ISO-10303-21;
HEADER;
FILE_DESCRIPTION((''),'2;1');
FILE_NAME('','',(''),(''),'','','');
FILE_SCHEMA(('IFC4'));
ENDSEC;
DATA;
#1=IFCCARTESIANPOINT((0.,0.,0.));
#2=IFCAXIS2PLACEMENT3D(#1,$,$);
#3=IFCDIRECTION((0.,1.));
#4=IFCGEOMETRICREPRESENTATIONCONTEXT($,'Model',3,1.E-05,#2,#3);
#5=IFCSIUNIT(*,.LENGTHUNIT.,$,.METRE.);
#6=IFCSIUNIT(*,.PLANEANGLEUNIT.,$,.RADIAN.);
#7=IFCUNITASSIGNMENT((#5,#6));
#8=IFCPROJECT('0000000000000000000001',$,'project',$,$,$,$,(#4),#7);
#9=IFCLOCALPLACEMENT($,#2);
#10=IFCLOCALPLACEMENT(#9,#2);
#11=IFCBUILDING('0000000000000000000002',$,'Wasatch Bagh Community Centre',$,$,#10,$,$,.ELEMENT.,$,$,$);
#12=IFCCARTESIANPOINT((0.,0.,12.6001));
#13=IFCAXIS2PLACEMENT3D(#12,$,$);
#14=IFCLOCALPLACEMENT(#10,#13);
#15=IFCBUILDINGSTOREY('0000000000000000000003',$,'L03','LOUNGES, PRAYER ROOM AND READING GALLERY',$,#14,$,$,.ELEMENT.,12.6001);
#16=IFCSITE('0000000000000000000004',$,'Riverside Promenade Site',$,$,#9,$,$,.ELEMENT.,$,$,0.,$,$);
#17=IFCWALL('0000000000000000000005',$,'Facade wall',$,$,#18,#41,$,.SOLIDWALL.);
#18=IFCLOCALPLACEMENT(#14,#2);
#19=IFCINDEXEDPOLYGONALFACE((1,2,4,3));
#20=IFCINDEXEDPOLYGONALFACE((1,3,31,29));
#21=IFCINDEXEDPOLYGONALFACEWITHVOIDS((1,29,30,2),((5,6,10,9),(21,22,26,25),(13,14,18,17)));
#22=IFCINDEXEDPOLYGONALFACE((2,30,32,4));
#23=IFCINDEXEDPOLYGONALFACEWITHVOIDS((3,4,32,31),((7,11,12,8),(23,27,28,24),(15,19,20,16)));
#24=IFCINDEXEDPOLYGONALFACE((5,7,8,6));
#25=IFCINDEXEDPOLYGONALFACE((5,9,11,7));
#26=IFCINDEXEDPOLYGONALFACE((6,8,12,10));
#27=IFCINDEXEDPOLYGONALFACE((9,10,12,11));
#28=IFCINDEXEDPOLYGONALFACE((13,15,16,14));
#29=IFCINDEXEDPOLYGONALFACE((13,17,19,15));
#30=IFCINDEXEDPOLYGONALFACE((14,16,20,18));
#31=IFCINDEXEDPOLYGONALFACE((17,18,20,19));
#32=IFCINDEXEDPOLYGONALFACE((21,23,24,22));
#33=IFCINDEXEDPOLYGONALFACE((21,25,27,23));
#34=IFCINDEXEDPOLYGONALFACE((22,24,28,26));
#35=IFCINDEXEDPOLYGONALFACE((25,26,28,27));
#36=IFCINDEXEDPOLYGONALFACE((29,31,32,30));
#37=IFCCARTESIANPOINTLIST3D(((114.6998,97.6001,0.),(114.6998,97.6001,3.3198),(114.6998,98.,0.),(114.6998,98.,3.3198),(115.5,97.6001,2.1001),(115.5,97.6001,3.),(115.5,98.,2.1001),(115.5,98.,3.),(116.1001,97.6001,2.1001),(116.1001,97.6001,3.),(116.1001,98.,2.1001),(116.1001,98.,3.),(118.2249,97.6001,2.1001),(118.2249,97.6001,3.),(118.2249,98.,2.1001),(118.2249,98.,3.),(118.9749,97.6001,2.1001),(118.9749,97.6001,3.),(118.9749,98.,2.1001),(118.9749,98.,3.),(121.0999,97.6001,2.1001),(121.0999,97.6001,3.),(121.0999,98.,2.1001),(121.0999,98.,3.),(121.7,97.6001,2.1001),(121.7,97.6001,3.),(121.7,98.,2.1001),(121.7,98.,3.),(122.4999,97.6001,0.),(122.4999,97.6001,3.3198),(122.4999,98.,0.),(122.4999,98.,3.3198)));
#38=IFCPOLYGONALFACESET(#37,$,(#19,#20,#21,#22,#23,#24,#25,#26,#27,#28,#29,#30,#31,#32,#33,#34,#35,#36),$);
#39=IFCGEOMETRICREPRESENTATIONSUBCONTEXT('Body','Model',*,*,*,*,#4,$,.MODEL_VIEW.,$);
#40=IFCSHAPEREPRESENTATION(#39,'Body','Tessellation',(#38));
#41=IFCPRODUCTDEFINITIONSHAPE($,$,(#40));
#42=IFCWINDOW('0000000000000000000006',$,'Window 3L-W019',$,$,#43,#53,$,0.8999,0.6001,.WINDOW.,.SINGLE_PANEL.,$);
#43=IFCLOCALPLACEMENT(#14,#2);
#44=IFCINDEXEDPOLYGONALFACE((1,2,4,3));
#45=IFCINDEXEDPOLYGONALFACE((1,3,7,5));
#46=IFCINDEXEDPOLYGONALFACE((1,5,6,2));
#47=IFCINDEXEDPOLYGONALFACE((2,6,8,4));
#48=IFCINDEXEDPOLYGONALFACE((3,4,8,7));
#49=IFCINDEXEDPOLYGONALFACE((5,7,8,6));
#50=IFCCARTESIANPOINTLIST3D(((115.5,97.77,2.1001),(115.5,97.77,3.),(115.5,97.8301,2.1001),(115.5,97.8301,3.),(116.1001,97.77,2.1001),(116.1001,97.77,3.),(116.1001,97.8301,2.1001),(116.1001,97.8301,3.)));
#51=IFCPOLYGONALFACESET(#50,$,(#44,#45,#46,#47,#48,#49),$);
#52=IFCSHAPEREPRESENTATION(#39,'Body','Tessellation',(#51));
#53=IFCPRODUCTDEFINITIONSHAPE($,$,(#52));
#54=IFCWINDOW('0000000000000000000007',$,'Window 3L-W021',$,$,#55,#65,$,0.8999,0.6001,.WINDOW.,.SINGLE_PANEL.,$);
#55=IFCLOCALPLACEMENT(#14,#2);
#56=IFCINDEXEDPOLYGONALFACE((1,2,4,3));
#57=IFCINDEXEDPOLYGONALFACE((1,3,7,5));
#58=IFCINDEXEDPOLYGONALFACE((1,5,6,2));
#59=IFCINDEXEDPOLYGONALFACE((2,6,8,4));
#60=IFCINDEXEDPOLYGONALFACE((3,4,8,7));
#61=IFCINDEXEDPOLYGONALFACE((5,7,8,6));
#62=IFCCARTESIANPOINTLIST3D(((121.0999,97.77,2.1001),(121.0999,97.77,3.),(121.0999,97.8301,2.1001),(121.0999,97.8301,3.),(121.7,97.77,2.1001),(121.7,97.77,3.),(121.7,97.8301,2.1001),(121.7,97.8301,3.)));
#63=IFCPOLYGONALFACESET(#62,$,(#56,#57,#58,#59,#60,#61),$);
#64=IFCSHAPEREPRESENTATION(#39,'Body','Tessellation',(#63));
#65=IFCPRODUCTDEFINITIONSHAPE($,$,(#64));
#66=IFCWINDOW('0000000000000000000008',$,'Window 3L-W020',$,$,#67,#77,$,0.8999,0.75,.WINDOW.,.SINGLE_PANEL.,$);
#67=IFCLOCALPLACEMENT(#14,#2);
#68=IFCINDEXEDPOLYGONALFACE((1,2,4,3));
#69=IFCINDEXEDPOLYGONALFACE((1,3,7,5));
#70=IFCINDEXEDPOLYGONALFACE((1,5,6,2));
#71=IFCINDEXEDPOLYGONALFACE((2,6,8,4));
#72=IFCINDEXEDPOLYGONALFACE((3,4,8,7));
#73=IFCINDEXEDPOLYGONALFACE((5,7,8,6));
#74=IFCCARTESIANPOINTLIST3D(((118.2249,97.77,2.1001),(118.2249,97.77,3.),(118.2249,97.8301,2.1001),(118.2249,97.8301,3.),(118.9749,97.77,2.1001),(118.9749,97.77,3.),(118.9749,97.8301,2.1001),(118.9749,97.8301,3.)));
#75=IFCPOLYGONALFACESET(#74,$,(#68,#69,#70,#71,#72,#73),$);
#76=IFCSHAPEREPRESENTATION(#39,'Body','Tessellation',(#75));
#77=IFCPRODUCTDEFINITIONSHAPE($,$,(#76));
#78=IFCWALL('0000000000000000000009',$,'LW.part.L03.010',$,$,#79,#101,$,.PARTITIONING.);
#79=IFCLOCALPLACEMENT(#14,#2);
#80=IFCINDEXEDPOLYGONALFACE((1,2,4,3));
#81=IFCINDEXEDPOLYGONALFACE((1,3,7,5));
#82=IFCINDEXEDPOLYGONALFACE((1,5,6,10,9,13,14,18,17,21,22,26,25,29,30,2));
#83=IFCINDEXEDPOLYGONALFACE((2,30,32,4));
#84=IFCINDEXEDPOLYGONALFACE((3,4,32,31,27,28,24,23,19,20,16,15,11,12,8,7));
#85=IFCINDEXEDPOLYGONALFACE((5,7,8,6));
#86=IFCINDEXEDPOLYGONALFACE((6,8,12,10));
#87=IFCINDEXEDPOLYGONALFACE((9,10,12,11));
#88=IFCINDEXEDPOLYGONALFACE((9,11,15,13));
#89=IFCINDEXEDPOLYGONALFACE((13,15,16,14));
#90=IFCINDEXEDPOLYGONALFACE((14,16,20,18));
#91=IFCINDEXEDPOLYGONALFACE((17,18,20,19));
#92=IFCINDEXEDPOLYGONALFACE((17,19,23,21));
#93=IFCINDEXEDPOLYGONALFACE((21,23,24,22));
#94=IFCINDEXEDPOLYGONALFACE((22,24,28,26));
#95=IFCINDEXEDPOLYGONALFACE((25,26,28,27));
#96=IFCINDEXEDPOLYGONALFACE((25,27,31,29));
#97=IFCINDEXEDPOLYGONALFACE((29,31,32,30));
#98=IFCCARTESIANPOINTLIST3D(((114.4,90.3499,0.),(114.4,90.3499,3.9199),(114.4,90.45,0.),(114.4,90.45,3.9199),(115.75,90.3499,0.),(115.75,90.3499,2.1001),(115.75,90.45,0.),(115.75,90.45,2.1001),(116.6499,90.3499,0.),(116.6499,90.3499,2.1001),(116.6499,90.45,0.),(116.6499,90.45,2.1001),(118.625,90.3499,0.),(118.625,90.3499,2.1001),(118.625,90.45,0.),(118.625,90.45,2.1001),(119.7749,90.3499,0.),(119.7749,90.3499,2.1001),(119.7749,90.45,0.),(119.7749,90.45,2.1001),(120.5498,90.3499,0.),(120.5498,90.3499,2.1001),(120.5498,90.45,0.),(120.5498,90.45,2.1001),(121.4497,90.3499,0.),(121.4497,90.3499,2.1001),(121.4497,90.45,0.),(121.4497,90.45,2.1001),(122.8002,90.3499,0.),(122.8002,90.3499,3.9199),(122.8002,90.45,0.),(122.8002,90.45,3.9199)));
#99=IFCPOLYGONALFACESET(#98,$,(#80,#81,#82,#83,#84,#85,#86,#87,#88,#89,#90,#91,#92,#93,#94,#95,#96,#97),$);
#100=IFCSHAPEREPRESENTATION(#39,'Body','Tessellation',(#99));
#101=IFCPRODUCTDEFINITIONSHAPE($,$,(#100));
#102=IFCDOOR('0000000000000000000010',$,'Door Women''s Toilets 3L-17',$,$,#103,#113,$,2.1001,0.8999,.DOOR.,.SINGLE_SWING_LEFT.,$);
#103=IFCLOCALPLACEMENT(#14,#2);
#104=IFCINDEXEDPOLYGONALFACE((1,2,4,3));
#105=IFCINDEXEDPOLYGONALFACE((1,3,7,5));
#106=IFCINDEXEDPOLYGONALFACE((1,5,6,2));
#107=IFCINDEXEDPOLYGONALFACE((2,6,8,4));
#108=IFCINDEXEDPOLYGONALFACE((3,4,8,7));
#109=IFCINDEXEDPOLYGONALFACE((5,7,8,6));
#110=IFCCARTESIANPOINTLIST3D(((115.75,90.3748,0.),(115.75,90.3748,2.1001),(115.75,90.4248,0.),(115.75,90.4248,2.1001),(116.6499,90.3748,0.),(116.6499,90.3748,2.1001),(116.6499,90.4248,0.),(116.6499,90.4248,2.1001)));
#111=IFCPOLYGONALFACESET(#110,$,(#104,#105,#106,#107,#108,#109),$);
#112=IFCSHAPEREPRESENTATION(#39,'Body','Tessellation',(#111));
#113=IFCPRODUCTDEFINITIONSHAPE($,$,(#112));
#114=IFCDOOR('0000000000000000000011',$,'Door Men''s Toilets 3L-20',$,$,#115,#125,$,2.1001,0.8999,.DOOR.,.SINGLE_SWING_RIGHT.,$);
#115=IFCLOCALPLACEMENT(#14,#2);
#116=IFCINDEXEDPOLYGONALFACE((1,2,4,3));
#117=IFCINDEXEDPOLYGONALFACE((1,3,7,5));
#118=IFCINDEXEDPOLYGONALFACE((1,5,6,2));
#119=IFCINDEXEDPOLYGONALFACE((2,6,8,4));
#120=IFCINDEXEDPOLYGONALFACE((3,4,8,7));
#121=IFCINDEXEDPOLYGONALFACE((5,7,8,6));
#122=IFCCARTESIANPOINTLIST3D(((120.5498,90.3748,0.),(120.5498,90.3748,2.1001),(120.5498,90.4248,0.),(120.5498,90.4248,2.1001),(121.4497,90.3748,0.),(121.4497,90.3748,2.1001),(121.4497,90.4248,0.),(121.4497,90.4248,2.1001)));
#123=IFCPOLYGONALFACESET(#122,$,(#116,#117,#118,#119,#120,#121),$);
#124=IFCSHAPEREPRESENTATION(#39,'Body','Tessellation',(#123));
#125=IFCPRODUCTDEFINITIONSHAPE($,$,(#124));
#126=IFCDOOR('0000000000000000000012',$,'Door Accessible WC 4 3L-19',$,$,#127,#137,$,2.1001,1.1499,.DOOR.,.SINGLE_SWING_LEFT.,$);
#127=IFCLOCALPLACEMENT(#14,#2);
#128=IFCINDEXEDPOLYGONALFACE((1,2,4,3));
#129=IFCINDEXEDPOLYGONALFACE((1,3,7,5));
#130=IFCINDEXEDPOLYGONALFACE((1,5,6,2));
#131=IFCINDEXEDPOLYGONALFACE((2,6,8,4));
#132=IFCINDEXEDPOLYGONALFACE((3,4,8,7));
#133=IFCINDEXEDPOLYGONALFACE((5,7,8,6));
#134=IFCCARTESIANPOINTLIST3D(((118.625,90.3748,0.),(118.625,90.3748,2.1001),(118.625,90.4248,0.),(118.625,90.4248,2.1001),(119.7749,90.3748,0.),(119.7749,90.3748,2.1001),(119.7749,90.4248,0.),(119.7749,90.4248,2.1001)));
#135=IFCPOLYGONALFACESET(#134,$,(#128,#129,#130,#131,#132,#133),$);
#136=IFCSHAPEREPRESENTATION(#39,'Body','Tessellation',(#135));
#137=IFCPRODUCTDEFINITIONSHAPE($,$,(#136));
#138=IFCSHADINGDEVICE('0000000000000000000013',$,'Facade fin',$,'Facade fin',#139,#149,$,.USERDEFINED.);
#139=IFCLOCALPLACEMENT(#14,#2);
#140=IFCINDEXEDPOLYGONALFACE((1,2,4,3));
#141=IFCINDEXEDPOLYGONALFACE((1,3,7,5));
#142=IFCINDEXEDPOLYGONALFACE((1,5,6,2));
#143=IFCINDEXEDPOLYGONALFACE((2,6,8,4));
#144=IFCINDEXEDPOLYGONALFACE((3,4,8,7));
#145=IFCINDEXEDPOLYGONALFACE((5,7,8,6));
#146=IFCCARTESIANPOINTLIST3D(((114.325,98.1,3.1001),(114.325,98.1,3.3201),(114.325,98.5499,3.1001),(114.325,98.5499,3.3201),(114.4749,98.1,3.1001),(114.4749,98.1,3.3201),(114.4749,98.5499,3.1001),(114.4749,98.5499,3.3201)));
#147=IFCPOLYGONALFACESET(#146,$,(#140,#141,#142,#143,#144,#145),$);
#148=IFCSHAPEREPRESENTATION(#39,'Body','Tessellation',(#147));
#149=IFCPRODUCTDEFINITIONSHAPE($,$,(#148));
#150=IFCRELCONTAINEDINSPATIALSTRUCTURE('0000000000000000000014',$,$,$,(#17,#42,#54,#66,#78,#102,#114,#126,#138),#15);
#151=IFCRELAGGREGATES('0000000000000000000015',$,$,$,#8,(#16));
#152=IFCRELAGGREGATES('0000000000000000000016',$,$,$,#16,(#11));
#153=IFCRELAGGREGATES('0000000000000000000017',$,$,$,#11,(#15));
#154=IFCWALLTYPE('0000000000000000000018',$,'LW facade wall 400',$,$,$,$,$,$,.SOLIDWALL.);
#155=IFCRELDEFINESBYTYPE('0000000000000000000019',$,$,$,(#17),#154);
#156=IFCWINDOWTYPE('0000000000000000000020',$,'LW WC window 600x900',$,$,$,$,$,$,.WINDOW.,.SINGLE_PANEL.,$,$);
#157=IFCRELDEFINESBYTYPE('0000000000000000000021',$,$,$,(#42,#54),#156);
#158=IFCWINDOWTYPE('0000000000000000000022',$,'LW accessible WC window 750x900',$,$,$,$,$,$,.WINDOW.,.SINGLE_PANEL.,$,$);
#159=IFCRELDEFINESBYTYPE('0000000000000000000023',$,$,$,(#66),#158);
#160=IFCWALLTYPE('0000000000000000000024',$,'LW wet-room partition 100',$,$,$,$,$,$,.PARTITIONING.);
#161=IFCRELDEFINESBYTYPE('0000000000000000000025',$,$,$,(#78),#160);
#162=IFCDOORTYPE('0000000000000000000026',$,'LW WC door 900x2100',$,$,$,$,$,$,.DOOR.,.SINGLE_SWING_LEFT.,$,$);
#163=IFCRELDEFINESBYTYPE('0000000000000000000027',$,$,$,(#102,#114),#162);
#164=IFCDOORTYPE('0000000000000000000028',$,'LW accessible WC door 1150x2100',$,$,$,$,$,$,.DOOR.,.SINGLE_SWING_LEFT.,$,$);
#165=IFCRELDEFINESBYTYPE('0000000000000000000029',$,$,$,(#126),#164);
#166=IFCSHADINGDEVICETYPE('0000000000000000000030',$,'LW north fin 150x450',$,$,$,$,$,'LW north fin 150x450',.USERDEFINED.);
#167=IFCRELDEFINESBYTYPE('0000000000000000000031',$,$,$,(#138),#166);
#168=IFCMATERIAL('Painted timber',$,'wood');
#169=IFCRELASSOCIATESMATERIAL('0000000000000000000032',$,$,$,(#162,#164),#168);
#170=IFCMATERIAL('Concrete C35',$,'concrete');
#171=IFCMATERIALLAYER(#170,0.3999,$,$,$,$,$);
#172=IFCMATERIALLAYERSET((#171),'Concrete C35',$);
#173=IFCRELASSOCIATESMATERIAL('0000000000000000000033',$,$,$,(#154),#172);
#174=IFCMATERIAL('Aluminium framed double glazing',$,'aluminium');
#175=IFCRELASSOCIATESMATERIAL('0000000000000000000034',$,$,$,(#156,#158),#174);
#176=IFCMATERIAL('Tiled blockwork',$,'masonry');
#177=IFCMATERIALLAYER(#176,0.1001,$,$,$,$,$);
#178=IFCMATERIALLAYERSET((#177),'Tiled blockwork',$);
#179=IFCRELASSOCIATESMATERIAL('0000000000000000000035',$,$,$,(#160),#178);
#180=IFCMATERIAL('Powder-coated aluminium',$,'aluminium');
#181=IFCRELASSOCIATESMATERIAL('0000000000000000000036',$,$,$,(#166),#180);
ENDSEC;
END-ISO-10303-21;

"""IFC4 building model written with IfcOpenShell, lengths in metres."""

from ifc_helpers import new_model, si_unit, direction, frame, frame_2d, origin, origin_2d, place, context, subcontext, project, spatial, rectangle, extrude, material, layer, layer_set, type_object, element, fill, save


model = new_model("IFC4")

# Units and contexts
model_context = context("Model", 3, precision=1e-05, world=origin(), true_north=direction((0.0, 1.0)))
body_context = subcontext(model_context, "Body", "Model", "MODEL_VIEW")
ifc_project = project(units=[si_unit("LENGTHUNIT", "METRE"), si_unit("PLANEANGLEUNIT", "RADIAN")], contexts=[model_context])

# Site, building, storey
site_placement = place(None, origin())
site = spatial("IfcSite", under=ifc_project, at=site_placement, Name="Riverside Promenade Site", CompositionType="ELEMENT", RefElevation=0.0)
building_placement = place(site_placement, origin())
building = spatial("IfcBuilding", under=site, at=building_placement, Name="Wasatch Bagh Community Centre", CompositionType="ELEMENT")
storey_placement = place(building_placement, frame((0.0, 0.0, 12.6001)))
storey = spatial("IfcBuildingStorey", under=building, at=storey_placement, Name="L03", Description="LOUNGES, PRAYER ROOM AND READING GALLERY", CompositionType="ELEMENT", Elevation=12.6001)

# Shared definitions
ifc_material_1 = material(Name="Concrete C35", Category="concrete")

# Shared definitions
ifc_material_2 = material(Name="Painted timber", Category="wood")
door_type_1 = type_object("IfcDoorType", Name="LW WC door 900x2100", OperationType="SINGLE_SWING_LEFT", PredefinedType="DOOR", material=ifc_material_2)

# Wall, openings, windows
ifc_layer_1 = layer(ifc_material_1, 0.3999)
ifc_layer_set_1 = layer_set([ifc_layer_1], Name="Concrete C35")
wall_type_1 = type_object("IfcWallType", Name="LW facade wall 400", PredefinedType="SOLIDWALL", material=ifc_layer_set_1)
wall_1_placement = place(storey_placement, frame((114.7, 97.8, 0.0), z_axis=(0.0, 0.0, 1.0), x_axis=(1.0, 0.0, 0.0)))
wall_1 = element("IfcWall", 1, at=wall_1_placement, inside=storey, type_object=wall_type_1, Name="Facade wall", PredefinedType="SOLIDWALL", context=body_context, shape_type="SweptSolid", body=[
    extrude(rectangle(XDim=7.8, YDim=0.3999, at=frame_2d((3.8999, 0.0))), origin(), (0.0, 0.0, 1.0), 3.3198),
])
opening_1_placement = place(wall_1_placement, frame((0.8, 0.0, 2.1001)))
opening_1 = element("IfcOpeningElement", 2, at=opening_1_placement, cuts=wall_1, PredefinedType="OPENING", context=body_context, shape_type="SweptSolid", body=[
    extrude(rectangle(XDim=0.6001, YDim=0.8999, at=frame_2d((0.3, 0.45))), frame((0.0, 0.21, 0.0), z_axis=(0.0, -1.0, 0.0), x_axis=(1.0, 0.0, 0.0)), (0.0, 0.0, 1.0), 0.4199),
])
opening_2_placement = place(wall_1_placement, frame((3.5249, 0.0, 2.1001)))
opening_2 = element("IfcOpeningElement", 3, at=opening_2_placement, cuts=wall_1, PredefinedType="OPENING", context=body_context, shape_type="SweptSolid", body=[
    extrude(rectangle(XDim=0.75, YDim=0.8999, at=frame_2d((0.375, 0.45))), frame((0.0, 0.21, 0.0), z_axis=(0.0, -1.0, 0.0), x_axis=(1.0, 0.0, 0.0)), (0.0, 0.0, 1.0), 0.4199),
])
opening_3_placement = place(wall_1_placement, frame((6.3999, 0.0, 2.1001)))
opening_3 = element("IfcOpeningElement", 4, at=opening_3_placement, cuts=wall_1, PredefinedType="OPENING", context=body_context, shape_type="SweptSolid", body=[
    extrude(rectangle(XDim=0.6001, YDim=0.8999, at=frame_2d((0.3, 0.45))), frame((0.0, 0.21, 0.0), z_axis=(0.0, -1.0, 0.0), x_axis=(1.0, 0.0, 0.0)), (0.0, 0.0, 1.0), 0.4199),
])
ifc_material_3 = material(Name="Aluminium framed double glazing", Category="aluminium")
window_type_1 = type_object("IfcWindowType", Name="LW WC window 600x900", PartitioningType="SINGLE_PANEL", PredefinedType="WINDOW", material=ifc_material_3)
window_1_placement = place(opening_1_placement, origin())
window_1 = element("IfcWindow", 5, at=window_1_placement, inside=storey, type_object=window_type_1, Name="Window 3L-W019", OverallHeight=0.8999, OverallWidth=0.6001, PartitioningType="SINGLE_PANEL", PredefinedType="WINDOW", context=body_context, shape_type="SweptSolid", body=[
    extrude(rectangle(XDim=0.6001, YDim=0.8999, at=frame_2d((0.3, 0.45))), frame((0.0, 0.03, 0.0), z_axis=(0.0, -1.0, 0.0), x_axis=(1.0, 0.0, 0.0)), (0.0, 0.0, 1.0), 0.0601),
])
fill(opening_1, window_1)
window_2_placement = place(opening_3_placement, origin())
window_2 = element("IfcWindow", 6, at=window_2_placement, inside=storey, type_object=window_type_1, Name="Window 3L-W021", OverallHeight=0.8999, OverallWidth=0.6001, PartitioningType="SINGLE_PANEL", PredefinedType="WINDOW", context=body_context, shape_type="SweptSolid", body=[
    extrude(rectangle(XDim=0.6001, YDim=0.8999, at=frame_2d((0.3, 0.45))), frame((0.0, 0.03, 0.0), z_axis=(0.0, -1.0, 0.0), x_axis=(1.0, 0.0, 0.0)), (0.0, 0.0, 1.0), 0.0601),
])
fill(opening_3, window_2)
window_type_2 = type_object("IfcWindowType", Name="LW accessible WC window 750x900", PartitioningType="SINGLE_PANEL", PredefinedType="WINDOW", material=ifc_material_3)
window_3_placement = place(opening_2_placement, origin())
window_3 = element("IfcWindow", 7, at=window_3_placement, inside=storey, type_object=window_type_2, Name="Window 3L-W020", OverallHeight=0.8999, OverallWidth=0.75, PartitioningType="SINGLE_PANEL", PredefinedType="WINDOW", context=body_context, shape_type="SweptSolid", body=[
    extrude(rectangle(XDim=0.75, YDim=0.8999, at=frame_2d((0.375, 0.45))), frame((0.0, 0.03, 0.0), z_axis=(0.0, -1.0, 0.0), x_axis=(1.0, 0.0, 0.0)), (0.0, 0.0, 1.0), 0.0601),
])
fill(opening_2, window_3)

# Wall, openings, doors
ifc_material_4 = material(Name="Tiled blockwork", Category="masonry")
ifc_layer_2 = layer(ifc_material_4, 0.1001)
ifc_layer_set_2 = layer_set([ifc_layer_2], Name="Tiled blockwork")
wall_type_2 = type_object("IfcWallType", Name="LW wet-room partition 100", PredefinedType="PARTITIONING", material=ifc_layer_set_2)
wall_2_placement = place(storey_placement, frame((114.3999, 90.3999, 0.0), z_axis=(0.0, 0.0, 1.0), x_axis=(1.0, 0.0, 0.0)))
wall_2 = element("IfcWall", 8, at=wall_2_placement, inside=storey, type_object=wall_type_2, Name="LW.part.L03.010", PredefinedType="PARTITIONING", context=body_context, shape_type="SweptSolid", body=[
    extrude(rectangle(XDim=8.4001, YDim=0.1001, at=frame_2d((4.2002, 0.0))), origin(), (0.0, 0.0, 1.0), 3.9199),
])
opening_4_placement = place(wall_2_placement, frame((1.3501, 0.0, 0.0)))
opening_4 = element("IfcOpeningElement", 9, at=opening_4_placement, cuts=wall_2, PredefinedType="OPENING", context=body_context, shape_type="SweptSolid", body=[
    extrude(rectangle(XDim=0.8999, YDim=2.1001, at=frame_2d((0.45, 1.05))), frame((0.0, 0.0601, 0.0), z_axis=(0.0, -1.0, 0.0), x_axis=(1.0, 0.0, 0.0)), (0.0, 0.0, 1.0), 0.1201),
])
opening_5_placement = place(wall_2_placement, frame((4.2251, 0.0, 0.0)))
opening_5 = element("IfcOpeningElement", 10, at=opening_5_placement, cuts=wall_2, PredefinedType="OPENING", context=body_context, shape_type="SweptSolid", body=[
    extrude(rectangle(XDim=1.1499, YDim=2.1001, at=frame_2d((0.575, 1.05))), frame((0.0, 0.0601, 0.0), z_axis=(0.0, -1.0, 0.0), x_axis=(1.0, 0.0, 0.0)), (0.0, 0.0, 1.0), 0.1201),
])
opening_6_placement = place(wall_2_placement, frame((6.1499, 0.0, 0.0)))
opening_6 = element("IfcOpeningElement", 11, at=opening_6_placement, cuts=wall_2, PredefinedType="OPENING", context=body_context, shape_type="SweptSolid", body=[
    extrude(rectangle(XDim=0.8999, YDim=2.1001, at=frame_2d((0.45, 1.05))), frame((0.0, 0.0601, 0.0), z_axis=(0.0, -1.0, 0.0), x_axis=(1.0, 0.0, 0.0)), (0.0, 0.0, 1.0), 0.1201),
])
door_1_placement = place(opening_4_placement, origin())
door_1 = element("IfcDoor", 12, at=door_1_placement, inside=storey, type_object=door_type_1, Name="Door Women's Toilets 3L-17", OperationType="SINGLE_SWING_LEFT", OverallHeight=2.1001, OverallWidth=0.8999, PredefinedType="DOOR", context=body_context, shape_type="SweptSolid", body=[
    extrude(rectangle(XDim=0.8999, YDim=2.1001, at=frame_2d((0.45, 1.05))), frame((0.0, 0.0249, 0.0), z_axis=(0.0, -1.0, 0.0), x_axis=(1.0, 0.0, 0.0)), (0.0, 0.0, 1.0), 0.05),
])
fill(opening_4, door_1)
door_2_placement = place(opening_6_placement, origin())
door_2 = element("IfcDoor", 13, at=door_2_placement, inside=storey, type_object=door_type_1, Name="Door Men's Toilets 3L-20", OperationType="SINGLE_SWING_RIGHT", OverallHeight=2.1001, OverallWidth=0.8999, PredefinedType="DOOR", context=body_context, shape_type="SweptSolid", body=[
    extrude(rectangle(XDim=0.8999, YDim=2.1001, at=frame_2d((0.45, 1.05))), frame((0.0, 0.0249, 0.0), z_axis=(0.0, -1.0, 0.0), x_axis=(1.0, 0.0, 0.0)), (0.0, 0.0, 1.0), 0.05),
])
fill(opening_6, door_2)
door_type_2 = type_object("IfcDoorType", Name="LW accessible WC door 1150x2100", OperationType="SINGLE_SWING_LEFT", PredefinedType="DOOR", material=ifc_material_2)
door_3_placement = place(opening_5_placement, origin())
door_3 = element("IfcDoor", 14, at=door_3_placement, inside=storey, type_object=door_type_2, Name="Door Accessible WC 4 3L-19", OperationType="SINGLE_SWING_LEFT", OverallHeight=2.1001, OverallWidth=1.1499, PredefinedType="DOOR", context=body_context, shape_type="SweptSolid", body=[
    extrude(rectangle(XDim=1.1499, YDim=2.1001, at=frame_2d((0.575, 1.05))), frame((0.0, 0.0249, 0.0), z_axis=(0.0, -1.0, 0.0), x_axis=(1.0, 0.0, 0.0)), (0.0, 0.0, 1.0), 0.05),
])
fill(opening_5, door_3)

# Shading device
ifc_material_5 = material(Name="Powder-coated aluminium", Category="aluminium")
shading_device_type = type_object("IfcShadingDeviceType", Name="LW north fin 150x450", ElementType="LW north fin 150x450", PredefinedType="USERDEFINED", material=ifc_material_5)
shading_device_placement = place(storey_placement, frame((114.3999, 98.325, 3.1001), z_axis=(0.0, 0.0, 1.0), x_axis=(1.0, 0.0, 0.0)))
element("IfcShadingDevice", 15, at=shading_device_placement, inside=storey, type_object=shading_device_type, Name="Facade fin", ObjectType="Facade fin", PredefinedType="USERDEFINED", context=body_context, shape_type="SweptSolid", body=[
    extrude(rectangle(XDim=0.1499, YDim=0.45, at=origin_2d()), origin(), (0.0, 0.0, 1.0), 0.22),
])

save(model, "model.ifc")
